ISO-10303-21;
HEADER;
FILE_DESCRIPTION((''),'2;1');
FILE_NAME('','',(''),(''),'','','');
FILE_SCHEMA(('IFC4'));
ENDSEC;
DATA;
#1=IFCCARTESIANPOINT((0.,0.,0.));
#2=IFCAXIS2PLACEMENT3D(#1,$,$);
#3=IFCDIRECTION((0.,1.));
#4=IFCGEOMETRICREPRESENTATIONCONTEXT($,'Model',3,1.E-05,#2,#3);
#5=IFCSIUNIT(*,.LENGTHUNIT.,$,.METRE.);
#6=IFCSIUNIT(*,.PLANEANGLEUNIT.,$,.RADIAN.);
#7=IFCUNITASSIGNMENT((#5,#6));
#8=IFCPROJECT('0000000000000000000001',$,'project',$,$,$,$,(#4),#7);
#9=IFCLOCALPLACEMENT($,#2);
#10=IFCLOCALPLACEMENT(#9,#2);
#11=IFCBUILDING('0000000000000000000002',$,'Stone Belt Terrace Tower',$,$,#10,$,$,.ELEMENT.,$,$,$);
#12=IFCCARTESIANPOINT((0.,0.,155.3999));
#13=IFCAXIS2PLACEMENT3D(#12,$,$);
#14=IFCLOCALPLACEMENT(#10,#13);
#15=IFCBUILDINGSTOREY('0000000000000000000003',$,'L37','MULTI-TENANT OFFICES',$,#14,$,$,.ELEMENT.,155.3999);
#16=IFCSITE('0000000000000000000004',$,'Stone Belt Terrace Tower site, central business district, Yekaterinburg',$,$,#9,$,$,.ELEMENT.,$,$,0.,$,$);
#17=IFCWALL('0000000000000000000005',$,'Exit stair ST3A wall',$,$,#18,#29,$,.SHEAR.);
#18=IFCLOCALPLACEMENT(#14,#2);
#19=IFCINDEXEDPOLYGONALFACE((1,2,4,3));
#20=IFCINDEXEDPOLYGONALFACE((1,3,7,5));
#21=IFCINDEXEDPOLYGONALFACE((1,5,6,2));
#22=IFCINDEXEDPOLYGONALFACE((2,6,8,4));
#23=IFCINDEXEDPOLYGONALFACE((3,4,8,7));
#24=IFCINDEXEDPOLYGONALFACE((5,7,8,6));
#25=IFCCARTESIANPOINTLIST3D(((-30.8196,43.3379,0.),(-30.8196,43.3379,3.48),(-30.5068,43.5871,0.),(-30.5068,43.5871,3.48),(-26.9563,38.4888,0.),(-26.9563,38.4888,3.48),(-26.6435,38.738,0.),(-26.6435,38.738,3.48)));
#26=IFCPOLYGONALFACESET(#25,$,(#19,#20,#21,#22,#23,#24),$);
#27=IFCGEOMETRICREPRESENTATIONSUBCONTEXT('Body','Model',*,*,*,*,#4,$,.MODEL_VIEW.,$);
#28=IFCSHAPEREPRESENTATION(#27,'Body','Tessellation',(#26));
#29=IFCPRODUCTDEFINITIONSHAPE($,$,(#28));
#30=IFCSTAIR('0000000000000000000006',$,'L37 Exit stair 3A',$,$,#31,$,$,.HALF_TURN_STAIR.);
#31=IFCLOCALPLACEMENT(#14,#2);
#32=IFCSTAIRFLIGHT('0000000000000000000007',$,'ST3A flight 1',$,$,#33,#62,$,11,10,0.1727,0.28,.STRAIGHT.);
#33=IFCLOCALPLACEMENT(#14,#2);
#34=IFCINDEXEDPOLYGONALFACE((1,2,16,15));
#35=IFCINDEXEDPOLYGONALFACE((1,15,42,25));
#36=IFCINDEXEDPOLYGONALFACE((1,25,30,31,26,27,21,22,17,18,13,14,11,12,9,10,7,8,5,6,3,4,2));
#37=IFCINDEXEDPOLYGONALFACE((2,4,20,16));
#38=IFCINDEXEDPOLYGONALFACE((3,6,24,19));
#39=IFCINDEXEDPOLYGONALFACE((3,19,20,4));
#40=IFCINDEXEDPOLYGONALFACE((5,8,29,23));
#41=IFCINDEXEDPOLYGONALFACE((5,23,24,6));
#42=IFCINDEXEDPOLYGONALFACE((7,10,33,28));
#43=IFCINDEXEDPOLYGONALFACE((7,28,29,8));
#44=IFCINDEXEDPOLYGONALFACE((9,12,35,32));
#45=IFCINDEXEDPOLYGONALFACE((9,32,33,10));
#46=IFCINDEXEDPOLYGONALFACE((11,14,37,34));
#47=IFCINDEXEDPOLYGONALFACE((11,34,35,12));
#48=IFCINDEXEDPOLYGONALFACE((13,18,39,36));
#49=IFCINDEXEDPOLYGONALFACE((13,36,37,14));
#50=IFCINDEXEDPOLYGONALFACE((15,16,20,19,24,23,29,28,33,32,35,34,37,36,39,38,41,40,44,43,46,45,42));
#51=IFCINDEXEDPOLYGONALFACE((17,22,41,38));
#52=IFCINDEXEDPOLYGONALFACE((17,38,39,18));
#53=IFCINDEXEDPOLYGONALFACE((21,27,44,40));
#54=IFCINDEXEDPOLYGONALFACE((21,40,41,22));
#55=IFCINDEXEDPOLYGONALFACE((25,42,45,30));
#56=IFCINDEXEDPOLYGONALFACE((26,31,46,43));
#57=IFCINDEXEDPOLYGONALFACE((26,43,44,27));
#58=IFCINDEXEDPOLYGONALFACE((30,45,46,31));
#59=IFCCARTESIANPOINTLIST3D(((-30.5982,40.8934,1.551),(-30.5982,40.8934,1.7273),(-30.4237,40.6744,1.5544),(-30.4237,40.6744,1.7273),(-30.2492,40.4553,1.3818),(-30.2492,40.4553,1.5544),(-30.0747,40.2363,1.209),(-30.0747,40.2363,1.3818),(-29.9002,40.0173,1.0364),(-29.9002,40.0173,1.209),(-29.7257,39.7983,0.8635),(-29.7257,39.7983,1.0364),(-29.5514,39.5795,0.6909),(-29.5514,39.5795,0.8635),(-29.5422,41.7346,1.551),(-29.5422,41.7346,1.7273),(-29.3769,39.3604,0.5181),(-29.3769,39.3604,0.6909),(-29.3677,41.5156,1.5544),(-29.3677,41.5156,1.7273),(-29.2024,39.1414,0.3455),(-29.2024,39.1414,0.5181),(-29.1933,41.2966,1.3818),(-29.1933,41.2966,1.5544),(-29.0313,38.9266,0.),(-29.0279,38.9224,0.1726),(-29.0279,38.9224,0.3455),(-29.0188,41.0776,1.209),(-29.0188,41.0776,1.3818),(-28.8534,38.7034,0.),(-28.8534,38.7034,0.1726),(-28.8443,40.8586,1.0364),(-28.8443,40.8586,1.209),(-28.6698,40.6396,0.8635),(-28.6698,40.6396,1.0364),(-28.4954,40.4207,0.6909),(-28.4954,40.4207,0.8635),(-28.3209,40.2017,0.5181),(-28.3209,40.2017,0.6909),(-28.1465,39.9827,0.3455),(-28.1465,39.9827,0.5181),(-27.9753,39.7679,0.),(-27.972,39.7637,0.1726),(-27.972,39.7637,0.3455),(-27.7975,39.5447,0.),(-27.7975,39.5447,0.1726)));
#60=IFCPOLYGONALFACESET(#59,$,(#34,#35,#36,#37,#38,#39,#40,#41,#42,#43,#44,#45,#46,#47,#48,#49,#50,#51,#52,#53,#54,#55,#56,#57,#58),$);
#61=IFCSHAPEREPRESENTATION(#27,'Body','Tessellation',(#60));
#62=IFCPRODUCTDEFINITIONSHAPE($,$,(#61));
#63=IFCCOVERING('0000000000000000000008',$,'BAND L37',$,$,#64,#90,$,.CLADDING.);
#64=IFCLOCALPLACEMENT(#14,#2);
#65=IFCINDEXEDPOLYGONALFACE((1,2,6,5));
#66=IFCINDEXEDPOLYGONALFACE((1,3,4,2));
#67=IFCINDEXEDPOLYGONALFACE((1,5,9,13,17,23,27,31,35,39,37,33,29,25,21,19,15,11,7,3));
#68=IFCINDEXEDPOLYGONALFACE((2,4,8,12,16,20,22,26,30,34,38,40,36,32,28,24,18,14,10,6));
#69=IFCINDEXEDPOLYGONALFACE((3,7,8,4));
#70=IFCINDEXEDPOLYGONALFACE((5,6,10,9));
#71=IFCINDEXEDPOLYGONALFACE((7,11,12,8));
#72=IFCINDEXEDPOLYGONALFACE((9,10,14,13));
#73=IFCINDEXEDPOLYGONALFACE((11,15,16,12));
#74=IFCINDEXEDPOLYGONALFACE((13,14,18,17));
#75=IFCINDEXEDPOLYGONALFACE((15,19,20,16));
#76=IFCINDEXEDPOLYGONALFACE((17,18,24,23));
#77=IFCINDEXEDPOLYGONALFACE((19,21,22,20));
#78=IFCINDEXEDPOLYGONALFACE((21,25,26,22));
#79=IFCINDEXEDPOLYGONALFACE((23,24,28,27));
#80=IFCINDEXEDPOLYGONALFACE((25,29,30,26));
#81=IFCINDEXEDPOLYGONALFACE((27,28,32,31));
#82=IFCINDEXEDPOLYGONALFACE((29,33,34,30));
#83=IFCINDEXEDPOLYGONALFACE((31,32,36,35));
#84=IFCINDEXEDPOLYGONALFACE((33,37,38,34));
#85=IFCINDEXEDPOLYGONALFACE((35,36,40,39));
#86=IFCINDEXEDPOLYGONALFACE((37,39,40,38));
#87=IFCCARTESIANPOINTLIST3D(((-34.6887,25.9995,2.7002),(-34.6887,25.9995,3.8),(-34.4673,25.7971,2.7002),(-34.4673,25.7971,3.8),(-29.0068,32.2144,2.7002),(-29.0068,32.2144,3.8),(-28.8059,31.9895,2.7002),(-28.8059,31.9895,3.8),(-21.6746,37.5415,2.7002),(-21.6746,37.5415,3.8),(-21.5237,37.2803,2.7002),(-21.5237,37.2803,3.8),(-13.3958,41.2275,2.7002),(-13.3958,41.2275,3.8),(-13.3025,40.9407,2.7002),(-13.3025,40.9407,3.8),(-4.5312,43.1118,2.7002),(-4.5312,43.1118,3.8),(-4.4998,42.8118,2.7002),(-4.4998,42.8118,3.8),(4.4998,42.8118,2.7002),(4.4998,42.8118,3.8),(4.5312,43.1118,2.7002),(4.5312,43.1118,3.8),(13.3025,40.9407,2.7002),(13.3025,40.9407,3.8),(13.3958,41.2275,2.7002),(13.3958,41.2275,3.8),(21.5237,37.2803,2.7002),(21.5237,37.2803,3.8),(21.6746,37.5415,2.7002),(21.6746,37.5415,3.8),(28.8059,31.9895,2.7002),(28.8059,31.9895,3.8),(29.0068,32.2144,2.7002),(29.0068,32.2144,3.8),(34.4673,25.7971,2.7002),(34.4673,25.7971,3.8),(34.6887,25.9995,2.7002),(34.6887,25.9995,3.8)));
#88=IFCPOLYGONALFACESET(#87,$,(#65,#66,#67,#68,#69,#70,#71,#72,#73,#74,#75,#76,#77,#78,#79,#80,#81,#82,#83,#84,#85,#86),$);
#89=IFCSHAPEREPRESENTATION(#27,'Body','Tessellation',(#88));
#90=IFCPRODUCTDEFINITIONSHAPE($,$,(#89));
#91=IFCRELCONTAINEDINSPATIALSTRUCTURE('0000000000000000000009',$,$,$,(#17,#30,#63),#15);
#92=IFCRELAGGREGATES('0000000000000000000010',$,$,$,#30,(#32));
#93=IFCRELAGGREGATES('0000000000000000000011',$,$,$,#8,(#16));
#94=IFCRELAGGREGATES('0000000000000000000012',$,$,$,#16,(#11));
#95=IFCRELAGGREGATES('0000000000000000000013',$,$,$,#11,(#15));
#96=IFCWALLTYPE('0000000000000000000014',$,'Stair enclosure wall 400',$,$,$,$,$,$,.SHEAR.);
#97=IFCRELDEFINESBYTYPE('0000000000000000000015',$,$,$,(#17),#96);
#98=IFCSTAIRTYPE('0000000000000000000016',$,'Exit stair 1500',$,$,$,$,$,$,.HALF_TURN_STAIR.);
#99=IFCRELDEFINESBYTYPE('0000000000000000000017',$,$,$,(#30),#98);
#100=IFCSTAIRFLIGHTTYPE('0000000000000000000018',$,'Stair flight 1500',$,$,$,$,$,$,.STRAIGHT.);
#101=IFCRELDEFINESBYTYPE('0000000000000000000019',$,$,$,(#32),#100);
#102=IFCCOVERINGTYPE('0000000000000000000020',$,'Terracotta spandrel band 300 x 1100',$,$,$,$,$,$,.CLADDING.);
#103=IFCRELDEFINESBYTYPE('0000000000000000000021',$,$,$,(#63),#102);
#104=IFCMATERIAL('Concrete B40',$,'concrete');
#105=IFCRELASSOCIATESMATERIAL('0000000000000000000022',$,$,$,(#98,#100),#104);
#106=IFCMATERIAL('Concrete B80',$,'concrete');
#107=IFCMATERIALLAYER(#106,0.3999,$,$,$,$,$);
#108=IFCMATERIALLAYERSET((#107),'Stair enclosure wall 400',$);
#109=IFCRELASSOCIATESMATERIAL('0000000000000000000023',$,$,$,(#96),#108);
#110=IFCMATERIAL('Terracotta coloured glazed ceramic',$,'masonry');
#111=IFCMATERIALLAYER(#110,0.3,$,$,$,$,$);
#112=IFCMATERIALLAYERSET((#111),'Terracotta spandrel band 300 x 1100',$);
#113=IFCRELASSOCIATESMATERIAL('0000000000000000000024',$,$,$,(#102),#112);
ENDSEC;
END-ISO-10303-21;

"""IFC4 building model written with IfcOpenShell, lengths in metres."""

from ifc_helpers import new_model, si_unit, direction, frame, frame_2d, origin, place, context, subcontext, project, spatial, polyline, rectangle, outline, extrude, material, layer, layer_set, type_object, element, aggregate, save


model = new_model("IFC4")

# Units and contexts
model_context = context("Model", 3, precision=1e-05, world=origin(), true_north=direction((0.0, 1.0)))
body_context = subcontext(model_context, "Body", "Model", "MODEL_VIEW")
ifc_project = project(units=[si_unit("LENGTHUNIT", "METRE"), si_unit("PLANEANGLEUNIT", "RADIAN")], contexts=[model_context])

# Site, building, storey
site_placement = place(None, origin())
site = spatial("IfcSite", under=ifc_project, at=site_placement, Name="Stone Belt Terrace Tower site, central business district, Yekaterinburg", CompositionType="ELEMENT", RefElevation=0.0)
building_placement = place(site_placement, origin())
building = spatial("IfcBuilding", under=site, at=building_placement, Name="Stone Belt Terrace Tower", CompositionType="ELEMENT")
storey_placement = place(building_placement, frame((0.0, 0.0, 155.3999)))
storey = spatial("IfcBuildingStorey", under=building, at=storey_placement, Name="L37", Description="MULTI-TENANT OFFICES", CompositionType="ELEMENT", Elevation=155.3999)

# Shared definitions
ifc_material_1 = material(Name="Concrete B80", Category="concrete")

# Shared definitions
ifc_material_2 = material(Name="Concrete B40", Category="concrete")

# Shared definitions
stair_type = type_object("IfcStairType", Name="Exit stair 1500", PredefinedType="HALF_TURN_STAIR", material=ifc_material_2)

# Wall
ifc_layer_1 = layer(ifc_material_1, 0.3999)
ifc_layer_set_1 = layer_set([ifc_layer_1], Name="Stair enclosure wall 400")
wall_type_1 = type_object("IfcWallType", Name="Stair enclosure wall 400", PredefinedType="SHEAR", material=ifc_layer_set_1)
wall_1_placement = place(storey_placement, frame((-26.7998, 38.6133, 0.0), z_axis=(0.0, 0.0, 1.0), x_axis=(-0.623119, 0.782127, 0.0)))
element("IfcWall", 1, at=wall_1_placement, inside=storey, type_object=wall_type_1, Name="Exit stair ST3A wall", PredefinedType="SHEAR", context=body_context, shape_type="SweptSolid", body=[
    extrude(rectangle(XDim=6.2, YDim=0.3999, at=frame_2d((3.1001, 0.0))), origin(), (0.0, 0.0, 1.0), 3.48),
])

# Stair, stair flight
stair_1_placement = place(storey_placement, origin())
stair_1 = element("IfcStair", 2, at=stair_1_placement, inside=storey, type_object=stair_type, Name="L37 Exit stair 3A", PredefinedType="HALF_TURN_STAIR")
stair_flight_type = type_object("IfcStairFlightType", Name="Stair flight 1500", PredefinedType="STRAIGHT", material=ifc_material_2)
stair_flight_placement = place(storey_placement, frame((-28.3254, 39.124, 0.0), z_axis=(0.0, 0.0, 1.0), x_axis=(-0.623121, 0.782125, 0.0)))
stair_flight = element("IfcStairFlight", 3, at=stair_flight_placement, type_object=stair_flight_type, Name="ST3A flight 1", NumberOfRisers=11, NumberOfTreads=10, PredefinedType="STRAIGHT", RiserHeight=0.1727, TreadLength=0.28, context=body_context, shape_type="SweptSolid", body=[
    extrude(outline(polyline([(0.0, 0.0), (0.0, 0.1726), (0.28, 0.1726), (0.28, 0.3455), (0.5601, 0.3455), (0.5601, 0.5181), (0.8401, 0.5181), (0.8401, 0.6909), (1.1201, 0.6909), (1.1201, 0.8635), (1.3999, 0.8635), (1.3999, 1.0364), (1.6799, 1.0364), (1.6799, 1.209), (1.96, 1.209), (1.96, 1.3818), (2.24, 1.3818), (2.24, 1.5544), (2.52, 1.5544), (2.52, 1.7273), (2.8, 1.7273), (2.8, 1.8999), (2.8, 1.551), (0.2854, 0.0), (0.0, 0.0)])), frame((0.0, 0.675, 0.0), z_axis=(0.0, -1.0, 0.0), x_axis=(1.0, 0.0, 0.0)), (0.0, 0.0, 1.0), 1.3501),
])
aggregate(stair_1, [stair_flight])

# Covering
ifc_material_3 = material(Name="Terracotta coloured glazed ceramic", Category="masonry")
ifc_layer_2 = layer(ifc_material_3, 0.3)
ifc_layer_set_2 = layer_set([ifc_layer_2], Name="Terracotta spandrel band 300 x 1100")
covering_type = type_object("IfcCoveringType", Name="Terracotta spandrel band 300 x 1100", PredefinedType="CLADDING", material=ifc_layer_set_2)
covering_placement = place(storey_placement, frame((0.0, 0.0, 2.7002)))
element("IfcCovering", 4, at=covering_placement, inside=storey, type_object=covering_type, Name="BAND L37", PredefinedType="CLADDING", context=body_context, shape_type="SweptSolid", body=[
    extrude(outline(polyline([(-34.6887, 25.9995), (-29.0068, 32.2144), (-21.6746, 37.5415), (-13.3958, 41.2275), (-4.5312, 43.1118), (4.5312, 43.1118), (13.3958, 41.2275), (21.6746, 37.5415), (29.0068, 32.2144), (34.6887, 25.9995), (34.4673, 25.7971), (28.8059, 31.9895), (21.5237, 37.2803), (13.3025, 40.9407), (4.4998, 42.8118), (-4.4998, 42.8118), (-13.3025, 40.9407), (-21.5237, 37.2803), (-28.8059, 31.9895), (-34.4673, 25.7971), (-34.6887, 25.9995)])), origin(), (0.0, 0.0, 1.0), 1.0999),
])

save(model, "model.ifc")
